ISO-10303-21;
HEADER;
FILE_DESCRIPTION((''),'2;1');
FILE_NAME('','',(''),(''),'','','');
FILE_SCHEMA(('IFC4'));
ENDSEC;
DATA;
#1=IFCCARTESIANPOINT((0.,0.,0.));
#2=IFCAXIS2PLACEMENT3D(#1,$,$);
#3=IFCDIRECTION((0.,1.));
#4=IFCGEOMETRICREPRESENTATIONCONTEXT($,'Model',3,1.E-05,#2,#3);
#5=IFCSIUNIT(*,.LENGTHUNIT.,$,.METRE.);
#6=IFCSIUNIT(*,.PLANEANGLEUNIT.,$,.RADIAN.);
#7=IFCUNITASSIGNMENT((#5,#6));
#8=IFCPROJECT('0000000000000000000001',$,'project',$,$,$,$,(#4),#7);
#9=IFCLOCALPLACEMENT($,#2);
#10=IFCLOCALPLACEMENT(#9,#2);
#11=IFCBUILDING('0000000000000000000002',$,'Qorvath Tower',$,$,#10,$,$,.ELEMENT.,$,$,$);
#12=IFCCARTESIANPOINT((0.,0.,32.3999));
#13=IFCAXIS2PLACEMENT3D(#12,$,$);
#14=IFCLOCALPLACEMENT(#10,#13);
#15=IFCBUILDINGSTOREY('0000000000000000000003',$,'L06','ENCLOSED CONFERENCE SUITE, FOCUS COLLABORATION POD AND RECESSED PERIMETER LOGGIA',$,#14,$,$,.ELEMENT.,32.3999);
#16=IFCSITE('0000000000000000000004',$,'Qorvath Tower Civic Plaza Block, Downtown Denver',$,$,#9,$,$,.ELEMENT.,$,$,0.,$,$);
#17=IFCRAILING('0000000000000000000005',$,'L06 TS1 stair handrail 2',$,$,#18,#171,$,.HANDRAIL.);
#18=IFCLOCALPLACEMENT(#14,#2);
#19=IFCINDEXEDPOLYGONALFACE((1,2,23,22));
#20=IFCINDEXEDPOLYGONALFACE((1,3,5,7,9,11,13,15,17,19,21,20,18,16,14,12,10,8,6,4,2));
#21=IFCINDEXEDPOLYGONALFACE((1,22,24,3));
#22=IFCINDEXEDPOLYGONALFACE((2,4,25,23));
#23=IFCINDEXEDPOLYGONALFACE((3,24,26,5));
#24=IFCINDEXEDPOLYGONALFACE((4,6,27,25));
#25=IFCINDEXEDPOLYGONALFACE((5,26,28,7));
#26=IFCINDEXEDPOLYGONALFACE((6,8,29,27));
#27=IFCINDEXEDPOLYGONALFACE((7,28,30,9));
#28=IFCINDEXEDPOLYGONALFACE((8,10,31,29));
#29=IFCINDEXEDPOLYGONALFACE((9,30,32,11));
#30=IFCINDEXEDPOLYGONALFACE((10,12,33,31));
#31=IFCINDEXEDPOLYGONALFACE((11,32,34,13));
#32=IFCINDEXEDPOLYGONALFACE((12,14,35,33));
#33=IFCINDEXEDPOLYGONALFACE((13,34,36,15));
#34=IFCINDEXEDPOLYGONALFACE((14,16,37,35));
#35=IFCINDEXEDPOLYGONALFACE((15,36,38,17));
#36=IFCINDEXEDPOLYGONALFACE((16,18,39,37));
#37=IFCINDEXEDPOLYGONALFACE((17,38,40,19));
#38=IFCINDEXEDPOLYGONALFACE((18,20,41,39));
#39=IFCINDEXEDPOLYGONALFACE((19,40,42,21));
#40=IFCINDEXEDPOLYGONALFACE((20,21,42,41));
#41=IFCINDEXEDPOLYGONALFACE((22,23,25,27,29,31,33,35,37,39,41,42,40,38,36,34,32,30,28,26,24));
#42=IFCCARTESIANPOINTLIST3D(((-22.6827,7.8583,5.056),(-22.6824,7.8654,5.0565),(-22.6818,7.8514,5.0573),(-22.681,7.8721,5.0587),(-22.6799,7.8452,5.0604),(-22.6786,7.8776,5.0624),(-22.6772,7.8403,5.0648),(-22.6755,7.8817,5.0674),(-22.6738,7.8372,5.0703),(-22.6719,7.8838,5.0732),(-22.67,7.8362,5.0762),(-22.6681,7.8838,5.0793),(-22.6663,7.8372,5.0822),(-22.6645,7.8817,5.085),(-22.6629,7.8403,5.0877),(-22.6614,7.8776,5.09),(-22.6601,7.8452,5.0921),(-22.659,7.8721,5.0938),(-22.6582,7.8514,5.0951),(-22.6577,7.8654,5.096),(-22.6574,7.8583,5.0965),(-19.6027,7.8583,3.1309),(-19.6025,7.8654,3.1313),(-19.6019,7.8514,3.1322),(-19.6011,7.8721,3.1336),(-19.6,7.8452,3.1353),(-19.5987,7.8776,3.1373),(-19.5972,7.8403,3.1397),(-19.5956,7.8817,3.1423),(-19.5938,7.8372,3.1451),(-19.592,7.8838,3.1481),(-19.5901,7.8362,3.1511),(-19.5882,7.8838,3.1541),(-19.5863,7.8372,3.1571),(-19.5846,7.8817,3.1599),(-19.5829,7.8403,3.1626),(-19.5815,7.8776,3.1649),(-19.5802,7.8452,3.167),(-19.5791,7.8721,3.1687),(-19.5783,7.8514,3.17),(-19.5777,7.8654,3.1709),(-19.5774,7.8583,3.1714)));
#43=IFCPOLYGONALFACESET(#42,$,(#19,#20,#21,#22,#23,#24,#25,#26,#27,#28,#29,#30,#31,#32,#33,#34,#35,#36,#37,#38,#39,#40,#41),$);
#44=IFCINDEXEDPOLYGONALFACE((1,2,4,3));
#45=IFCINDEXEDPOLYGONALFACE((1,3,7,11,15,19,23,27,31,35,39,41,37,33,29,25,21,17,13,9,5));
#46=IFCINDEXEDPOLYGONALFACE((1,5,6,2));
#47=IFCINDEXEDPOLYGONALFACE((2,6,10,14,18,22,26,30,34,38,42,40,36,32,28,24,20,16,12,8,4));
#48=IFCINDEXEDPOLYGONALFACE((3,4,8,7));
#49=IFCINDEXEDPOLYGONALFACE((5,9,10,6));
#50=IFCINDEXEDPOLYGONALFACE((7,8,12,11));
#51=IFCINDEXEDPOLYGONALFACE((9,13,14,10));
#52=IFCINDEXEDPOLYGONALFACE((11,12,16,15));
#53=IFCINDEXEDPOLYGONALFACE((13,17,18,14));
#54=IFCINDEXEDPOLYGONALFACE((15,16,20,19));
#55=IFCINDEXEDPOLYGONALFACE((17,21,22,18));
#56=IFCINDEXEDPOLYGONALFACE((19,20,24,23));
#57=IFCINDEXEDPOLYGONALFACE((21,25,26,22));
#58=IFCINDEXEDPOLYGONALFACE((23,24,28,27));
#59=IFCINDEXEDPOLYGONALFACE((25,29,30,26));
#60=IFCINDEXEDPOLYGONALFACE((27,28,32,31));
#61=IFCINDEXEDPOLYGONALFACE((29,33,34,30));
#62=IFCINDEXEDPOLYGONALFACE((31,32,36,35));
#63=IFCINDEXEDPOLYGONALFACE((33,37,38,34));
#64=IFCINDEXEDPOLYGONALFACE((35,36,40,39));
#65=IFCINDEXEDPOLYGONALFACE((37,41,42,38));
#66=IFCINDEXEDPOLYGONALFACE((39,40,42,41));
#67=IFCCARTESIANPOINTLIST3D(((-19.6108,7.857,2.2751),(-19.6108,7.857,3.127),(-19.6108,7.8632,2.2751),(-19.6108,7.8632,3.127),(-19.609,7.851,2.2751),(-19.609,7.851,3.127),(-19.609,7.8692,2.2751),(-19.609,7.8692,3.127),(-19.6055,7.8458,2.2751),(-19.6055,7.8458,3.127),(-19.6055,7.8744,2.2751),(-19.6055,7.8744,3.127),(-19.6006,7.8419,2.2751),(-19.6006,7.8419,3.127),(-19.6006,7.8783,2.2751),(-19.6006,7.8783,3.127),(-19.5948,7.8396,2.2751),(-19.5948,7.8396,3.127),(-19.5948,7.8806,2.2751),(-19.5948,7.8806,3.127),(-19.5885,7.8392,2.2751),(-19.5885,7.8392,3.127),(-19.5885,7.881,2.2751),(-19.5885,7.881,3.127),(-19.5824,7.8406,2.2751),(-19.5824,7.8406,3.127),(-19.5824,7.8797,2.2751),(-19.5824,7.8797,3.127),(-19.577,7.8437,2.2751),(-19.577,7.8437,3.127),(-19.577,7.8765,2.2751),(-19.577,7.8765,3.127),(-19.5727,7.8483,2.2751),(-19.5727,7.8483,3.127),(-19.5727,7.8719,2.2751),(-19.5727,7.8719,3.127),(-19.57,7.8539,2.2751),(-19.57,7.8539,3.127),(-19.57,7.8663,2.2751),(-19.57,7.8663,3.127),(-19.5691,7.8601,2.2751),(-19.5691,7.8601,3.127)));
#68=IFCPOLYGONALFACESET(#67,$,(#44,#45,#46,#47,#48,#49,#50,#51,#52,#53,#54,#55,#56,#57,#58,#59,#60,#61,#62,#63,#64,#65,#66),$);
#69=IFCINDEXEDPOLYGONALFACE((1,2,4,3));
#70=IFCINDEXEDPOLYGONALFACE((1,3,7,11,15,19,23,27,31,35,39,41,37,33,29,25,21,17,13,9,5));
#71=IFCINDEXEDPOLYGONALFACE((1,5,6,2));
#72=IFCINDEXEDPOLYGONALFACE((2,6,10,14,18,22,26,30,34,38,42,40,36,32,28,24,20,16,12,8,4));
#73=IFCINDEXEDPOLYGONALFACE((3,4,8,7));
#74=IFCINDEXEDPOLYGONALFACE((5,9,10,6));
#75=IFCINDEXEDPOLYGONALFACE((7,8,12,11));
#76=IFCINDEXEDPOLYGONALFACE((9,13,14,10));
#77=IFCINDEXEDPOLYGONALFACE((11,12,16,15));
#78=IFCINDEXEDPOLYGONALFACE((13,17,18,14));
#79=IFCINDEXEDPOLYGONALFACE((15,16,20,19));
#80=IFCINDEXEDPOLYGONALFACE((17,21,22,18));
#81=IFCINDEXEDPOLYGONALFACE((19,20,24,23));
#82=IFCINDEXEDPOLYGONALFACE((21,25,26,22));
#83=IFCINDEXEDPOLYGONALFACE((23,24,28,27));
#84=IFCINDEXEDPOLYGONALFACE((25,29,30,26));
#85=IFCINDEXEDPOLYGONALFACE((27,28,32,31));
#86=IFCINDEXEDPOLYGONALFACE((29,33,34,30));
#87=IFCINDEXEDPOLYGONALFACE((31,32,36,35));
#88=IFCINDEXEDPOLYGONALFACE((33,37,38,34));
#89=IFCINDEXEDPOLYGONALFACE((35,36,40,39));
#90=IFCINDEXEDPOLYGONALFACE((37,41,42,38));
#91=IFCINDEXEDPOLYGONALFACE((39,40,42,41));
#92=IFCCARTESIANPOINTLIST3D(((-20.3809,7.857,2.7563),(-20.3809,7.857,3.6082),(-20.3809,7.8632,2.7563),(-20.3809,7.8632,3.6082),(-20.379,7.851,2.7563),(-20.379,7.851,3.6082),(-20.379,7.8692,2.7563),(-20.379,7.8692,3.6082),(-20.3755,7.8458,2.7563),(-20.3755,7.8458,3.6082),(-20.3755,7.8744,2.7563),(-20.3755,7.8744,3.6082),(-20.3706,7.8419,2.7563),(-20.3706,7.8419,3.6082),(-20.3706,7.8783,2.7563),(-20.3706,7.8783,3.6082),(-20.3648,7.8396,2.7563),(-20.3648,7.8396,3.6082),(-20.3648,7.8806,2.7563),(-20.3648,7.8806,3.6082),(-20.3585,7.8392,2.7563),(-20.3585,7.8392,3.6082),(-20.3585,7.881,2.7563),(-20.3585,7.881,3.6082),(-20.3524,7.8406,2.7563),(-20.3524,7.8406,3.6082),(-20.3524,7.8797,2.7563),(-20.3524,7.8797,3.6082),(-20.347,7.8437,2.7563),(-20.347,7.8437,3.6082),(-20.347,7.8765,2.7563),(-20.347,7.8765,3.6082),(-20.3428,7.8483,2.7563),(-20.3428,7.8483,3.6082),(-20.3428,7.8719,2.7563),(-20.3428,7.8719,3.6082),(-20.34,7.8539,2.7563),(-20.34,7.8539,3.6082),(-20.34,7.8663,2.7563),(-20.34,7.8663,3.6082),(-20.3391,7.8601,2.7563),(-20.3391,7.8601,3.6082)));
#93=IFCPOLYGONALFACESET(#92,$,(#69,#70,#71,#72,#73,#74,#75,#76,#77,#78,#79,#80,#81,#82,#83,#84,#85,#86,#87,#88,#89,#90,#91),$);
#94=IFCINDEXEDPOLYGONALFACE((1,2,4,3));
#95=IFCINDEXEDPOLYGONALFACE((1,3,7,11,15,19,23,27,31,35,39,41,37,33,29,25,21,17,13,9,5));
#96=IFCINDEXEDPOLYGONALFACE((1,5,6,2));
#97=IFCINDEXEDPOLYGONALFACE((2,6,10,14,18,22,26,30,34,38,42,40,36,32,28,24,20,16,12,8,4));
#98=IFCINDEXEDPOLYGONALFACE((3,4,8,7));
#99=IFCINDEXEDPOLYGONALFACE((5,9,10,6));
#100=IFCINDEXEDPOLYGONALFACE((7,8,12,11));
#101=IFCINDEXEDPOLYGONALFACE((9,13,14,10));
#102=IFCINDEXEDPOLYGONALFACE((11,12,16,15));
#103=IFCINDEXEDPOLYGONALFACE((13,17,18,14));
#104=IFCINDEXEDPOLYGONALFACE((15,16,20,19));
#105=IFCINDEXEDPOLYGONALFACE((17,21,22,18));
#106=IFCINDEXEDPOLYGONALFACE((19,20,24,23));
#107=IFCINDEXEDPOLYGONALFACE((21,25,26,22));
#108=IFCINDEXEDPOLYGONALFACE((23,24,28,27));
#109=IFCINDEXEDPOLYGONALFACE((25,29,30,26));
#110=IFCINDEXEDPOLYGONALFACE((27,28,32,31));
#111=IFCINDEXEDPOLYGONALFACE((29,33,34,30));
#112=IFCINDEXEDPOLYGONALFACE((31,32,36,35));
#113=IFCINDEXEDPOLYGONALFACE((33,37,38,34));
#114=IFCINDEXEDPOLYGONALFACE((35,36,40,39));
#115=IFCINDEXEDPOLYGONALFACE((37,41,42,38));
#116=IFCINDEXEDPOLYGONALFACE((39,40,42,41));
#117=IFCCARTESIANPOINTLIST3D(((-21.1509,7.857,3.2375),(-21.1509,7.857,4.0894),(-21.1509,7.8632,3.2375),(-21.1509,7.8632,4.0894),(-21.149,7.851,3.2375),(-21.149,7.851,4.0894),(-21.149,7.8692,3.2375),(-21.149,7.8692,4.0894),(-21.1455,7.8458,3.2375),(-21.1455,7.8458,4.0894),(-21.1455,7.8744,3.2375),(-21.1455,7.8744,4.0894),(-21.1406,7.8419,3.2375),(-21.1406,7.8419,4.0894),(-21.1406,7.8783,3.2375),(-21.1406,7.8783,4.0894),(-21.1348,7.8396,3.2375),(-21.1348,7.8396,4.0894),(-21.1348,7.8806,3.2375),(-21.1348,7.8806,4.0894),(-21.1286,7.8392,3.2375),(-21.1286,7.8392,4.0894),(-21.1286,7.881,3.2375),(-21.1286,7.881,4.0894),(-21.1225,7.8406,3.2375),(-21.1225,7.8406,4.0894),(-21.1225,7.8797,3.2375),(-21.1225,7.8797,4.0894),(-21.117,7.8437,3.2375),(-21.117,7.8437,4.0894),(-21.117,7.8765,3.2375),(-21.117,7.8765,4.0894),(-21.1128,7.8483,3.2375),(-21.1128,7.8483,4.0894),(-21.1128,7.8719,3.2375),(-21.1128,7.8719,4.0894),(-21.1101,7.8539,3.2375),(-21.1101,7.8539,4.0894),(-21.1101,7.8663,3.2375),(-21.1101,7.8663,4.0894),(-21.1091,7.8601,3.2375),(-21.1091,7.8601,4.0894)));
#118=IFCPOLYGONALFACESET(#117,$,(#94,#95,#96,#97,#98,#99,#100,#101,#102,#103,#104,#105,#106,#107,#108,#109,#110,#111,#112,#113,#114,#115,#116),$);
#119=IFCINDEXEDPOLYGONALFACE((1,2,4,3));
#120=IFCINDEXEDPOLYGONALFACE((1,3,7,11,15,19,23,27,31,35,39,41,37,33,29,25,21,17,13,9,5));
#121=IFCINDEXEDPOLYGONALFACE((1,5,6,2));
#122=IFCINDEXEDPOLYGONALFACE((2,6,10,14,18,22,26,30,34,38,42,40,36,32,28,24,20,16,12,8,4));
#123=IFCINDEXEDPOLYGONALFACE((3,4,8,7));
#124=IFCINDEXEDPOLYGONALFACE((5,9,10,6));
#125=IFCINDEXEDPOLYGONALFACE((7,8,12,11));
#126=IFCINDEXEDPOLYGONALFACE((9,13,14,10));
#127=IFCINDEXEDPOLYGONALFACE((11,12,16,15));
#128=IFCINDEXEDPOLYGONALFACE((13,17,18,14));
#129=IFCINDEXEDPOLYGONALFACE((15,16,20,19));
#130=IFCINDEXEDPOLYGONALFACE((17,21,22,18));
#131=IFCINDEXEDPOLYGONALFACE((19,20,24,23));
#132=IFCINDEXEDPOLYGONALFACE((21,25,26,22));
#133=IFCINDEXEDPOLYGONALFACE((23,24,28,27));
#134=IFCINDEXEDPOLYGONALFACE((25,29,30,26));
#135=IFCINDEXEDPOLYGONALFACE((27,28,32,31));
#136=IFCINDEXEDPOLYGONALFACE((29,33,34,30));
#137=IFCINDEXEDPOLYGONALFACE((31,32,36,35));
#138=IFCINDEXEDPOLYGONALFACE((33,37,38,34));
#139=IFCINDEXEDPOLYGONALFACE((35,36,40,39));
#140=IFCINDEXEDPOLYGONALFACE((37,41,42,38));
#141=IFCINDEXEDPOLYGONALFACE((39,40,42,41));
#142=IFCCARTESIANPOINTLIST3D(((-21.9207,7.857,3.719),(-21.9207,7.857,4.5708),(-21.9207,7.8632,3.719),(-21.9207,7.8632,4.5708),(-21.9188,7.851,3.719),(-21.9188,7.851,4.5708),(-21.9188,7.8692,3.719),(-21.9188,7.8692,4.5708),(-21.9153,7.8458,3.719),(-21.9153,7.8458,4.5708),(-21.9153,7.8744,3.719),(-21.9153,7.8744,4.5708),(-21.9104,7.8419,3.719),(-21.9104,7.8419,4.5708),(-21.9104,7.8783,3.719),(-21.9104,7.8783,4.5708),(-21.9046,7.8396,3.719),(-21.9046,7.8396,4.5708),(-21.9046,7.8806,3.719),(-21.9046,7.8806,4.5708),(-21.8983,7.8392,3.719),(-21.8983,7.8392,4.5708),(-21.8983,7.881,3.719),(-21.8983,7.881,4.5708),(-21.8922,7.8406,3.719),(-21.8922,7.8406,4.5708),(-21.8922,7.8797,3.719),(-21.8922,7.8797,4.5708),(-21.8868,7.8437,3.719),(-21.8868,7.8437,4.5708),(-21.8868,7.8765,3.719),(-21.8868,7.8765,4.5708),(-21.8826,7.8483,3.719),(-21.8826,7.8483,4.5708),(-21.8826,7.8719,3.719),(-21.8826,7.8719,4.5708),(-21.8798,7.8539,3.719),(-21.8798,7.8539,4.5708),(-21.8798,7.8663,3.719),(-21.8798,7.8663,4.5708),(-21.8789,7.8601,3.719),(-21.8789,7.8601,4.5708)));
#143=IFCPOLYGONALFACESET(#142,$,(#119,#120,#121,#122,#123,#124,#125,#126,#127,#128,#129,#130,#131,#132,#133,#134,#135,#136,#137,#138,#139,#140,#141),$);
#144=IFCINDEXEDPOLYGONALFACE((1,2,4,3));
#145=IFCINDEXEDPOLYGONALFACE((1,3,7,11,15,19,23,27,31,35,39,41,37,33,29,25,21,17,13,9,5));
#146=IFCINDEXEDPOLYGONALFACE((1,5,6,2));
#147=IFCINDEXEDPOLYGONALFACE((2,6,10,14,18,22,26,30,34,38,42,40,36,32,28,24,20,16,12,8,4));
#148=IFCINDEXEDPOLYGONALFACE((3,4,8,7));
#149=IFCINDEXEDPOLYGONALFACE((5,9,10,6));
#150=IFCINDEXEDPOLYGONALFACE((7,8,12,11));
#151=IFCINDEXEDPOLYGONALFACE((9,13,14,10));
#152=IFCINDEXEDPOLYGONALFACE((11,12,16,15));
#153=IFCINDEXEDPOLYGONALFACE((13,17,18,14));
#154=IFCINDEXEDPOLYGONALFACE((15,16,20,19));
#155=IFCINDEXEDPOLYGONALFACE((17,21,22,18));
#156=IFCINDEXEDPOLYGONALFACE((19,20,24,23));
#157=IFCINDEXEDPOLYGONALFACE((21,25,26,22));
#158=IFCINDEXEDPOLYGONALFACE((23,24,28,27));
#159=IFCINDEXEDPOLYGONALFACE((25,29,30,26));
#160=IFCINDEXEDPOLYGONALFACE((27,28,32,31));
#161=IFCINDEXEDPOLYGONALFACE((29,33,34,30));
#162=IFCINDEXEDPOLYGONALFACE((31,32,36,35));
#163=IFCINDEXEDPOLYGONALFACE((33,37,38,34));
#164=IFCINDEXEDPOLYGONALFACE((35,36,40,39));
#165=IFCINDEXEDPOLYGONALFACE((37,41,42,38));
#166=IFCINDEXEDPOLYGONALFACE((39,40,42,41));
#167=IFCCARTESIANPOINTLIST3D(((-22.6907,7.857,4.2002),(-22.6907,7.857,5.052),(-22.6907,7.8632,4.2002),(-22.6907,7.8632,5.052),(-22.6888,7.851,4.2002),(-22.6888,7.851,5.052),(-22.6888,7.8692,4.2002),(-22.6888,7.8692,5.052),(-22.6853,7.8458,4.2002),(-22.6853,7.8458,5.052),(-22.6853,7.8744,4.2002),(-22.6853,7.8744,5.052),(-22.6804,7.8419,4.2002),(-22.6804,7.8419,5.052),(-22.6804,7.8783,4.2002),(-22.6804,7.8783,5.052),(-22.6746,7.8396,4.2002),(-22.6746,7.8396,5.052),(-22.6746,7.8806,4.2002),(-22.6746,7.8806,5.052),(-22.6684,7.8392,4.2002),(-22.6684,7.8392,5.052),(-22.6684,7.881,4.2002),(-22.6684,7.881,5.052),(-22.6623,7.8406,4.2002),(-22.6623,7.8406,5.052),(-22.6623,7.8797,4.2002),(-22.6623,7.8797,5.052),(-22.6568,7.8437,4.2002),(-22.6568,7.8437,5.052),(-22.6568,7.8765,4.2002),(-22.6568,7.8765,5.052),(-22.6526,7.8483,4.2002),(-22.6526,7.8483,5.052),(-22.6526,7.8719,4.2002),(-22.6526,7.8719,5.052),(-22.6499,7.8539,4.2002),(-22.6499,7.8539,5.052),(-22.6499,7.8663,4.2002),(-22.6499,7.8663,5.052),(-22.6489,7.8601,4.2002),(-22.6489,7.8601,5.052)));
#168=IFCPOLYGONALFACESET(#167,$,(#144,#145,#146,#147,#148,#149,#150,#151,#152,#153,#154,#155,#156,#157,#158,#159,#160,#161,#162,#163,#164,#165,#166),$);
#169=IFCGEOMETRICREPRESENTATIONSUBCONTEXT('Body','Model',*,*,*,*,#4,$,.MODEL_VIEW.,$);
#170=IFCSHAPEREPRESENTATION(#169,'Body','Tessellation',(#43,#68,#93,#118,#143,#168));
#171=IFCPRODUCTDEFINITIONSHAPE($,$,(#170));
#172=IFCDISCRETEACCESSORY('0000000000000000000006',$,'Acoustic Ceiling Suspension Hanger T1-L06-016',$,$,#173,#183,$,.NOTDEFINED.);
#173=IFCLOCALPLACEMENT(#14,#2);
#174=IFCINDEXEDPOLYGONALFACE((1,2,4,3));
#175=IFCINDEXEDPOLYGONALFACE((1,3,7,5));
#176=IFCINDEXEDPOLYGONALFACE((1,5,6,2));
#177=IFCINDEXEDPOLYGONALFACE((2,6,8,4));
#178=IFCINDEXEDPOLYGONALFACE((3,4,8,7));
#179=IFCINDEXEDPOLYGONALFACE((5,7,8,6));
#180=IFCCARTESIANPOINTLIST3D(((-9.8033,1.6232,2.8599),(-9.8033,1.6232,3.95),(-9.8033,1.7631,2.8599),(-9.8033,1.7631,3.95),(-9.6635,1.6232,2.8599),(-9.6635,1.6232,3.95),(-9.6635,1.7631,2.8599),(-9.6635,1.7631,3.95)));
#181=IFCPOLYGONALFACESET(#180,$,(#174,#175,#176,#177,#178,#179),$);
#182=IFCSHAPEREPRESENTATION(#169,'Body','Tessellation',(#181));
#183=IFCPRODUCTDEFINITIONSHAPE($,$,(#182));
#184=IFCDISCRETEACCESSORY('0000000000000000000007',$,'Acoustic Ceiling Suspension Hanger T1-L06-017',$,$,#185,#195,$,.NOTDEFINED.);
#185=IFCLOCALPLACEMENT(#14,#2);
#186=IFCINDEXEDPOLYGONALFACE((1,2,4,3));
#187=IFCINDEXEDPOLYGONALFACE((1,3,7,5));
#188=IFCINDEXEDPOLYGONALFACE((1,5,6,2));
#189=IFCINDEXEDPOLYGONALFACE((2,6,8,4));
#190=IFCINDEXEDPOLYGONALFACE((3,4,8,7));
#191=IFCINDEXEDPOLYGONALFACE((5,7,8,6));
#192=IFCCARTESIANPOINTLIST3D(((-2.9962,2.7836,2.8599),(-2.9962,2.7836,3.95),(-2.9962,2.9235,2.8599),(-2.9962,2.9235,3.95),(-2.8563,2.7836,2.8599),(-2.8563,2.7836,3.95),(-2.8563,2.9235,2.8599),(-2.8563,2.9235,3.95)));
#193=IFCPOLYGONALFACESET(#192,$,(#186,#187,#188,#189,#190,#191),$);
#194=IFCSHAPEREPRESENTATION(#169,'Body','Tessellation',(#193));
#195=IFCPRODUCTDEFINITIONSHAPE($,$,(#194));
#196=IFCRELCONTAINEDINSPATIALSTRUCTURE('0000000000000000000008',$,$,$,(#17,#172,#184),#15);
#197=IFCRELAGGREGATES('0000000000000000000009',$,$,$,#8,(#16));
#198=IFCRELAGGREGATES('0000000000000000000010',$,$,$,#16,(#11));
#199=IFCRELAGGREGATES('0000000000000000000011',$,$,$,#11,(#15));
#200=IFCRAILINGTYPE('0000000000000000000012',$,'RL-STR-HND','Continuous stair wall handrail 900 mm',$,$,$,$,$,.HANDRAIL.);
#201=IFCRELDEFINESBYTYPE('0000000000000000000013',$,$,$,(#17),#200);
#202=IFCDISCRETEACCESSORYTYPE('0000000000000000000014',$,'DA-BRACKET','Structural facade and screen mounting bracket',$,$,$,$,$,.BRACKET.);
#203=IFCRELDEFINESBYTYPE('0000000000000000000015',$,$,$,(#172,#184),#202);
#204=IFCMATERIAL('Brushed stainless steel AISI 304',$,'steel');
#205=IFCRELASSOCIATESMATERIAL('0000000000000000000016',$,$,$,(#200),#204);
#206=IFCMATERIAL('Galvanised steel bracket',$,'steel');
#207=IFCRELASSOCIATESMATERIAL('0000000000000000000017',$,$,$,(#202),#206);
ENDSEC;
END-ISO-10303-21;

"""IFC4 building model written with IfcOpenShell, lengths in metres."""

from ifc_helpers import new_model, si_unit, direction, frame, origin, origin_2d, place, context, subcontext, project, spatial, rectangle, circle, extrude, material, type_object, element, save


model = new_model("IFC4")

# Units and contexts
model_context = context("Model", 3, precision=1e-05, world=origin(), true_north=direction((0.0, 1.0)))
body_context = subcontext(model_context, "Body", "Model", "MODEL_VIEW")
ifc_project = project(units=[si_unit("LENGTHUNIT", "METRE"), si_unit("PLANEANGLEUNIT", "RADIAN")], contexts=[model_context])

# Site, building, storey
site_placement = place(None, origin())
site = spatial("IfcSite", under=ifc_project, at=site_placement, Name="Qorvath Tower Civic Plaza Block, Downtown Denver", CompositionType="ELEMENT", RefElevation=0.0)
building_placement = place(site_placement, origin())
building = spatial("IfcBuilding", under=site, at=building_placement, Name="Qorvath Tower", CompositionType="ELEMENT")
storey_placement = place(building_placement, frame((0.0, 0.0, 32.3999)))
storey = spatial("IfcBuildingStorey", under=building, at=storey_placement, Name="L06", Description="ENCLOSED CONFERENCE SUITE, FOCUS COLLABORATION POD AND RECESSED PERIMETER LOGGIA", CompositionType="ELEMENT", Elevation=32.3999)

# Railing
ifc_material_1 = material(Name="Brushed stainless steel AISI 304", Category="steel")
railing_type_1 = type_object("IfcRailingType", Name="RL-STR-HND", Description="Continuous stair wall handrail 900 mm", PredefinedType="HANDRAIL", material=ifc_material_1)
railing_1_placement = place(storey_placement, frame((-19.5901, 7.8601, 2.2751)))
element("IfcRailing", 1, at=railing_1_placement, inside=storey, type_object=railing_type_1, Name="L06 TS1 stair handrail 2", PredefinedType="HANDRAIL", context=body_context, shape_type="SweptSolid", body=[
    extrude(circle(Radius=0.0239, at=origin_2d()), frame((0.0, 0.0, 0.876), z_axis=(-0.847979, 0.0, 0.530029), x_axis=(0.0, -1.0, 0.0)), (0.0, 0.0, 1.0), 3.6321),
    extrude(circle(Radius=0.021, at=origin_2d()), origin(), (0.0, 0.0, 1.0), 0.8518),
    extrude(circle(Radius=0.021, at=origin_2d()), frame((-0.77, 0.0, 0.4812)), (0.0, 0.0, 1.0), 0.8518),
    extrude(circle(Radius=0.021, at=origin_2d()), frame((-1.54, 0.0, 0.9624)), (0.0, 0.0, 1.0), 0.8518),
    extrude(circle(Radius=0.021, at=origin_2d()), frame((-2.3098, 0.0, 1.4438)), (0.0, 0.0, 1.0), 0.8518),
    extrude(circle(Radius=0.021, at=origin_2d()), frame((-3.0798, 0.0, 1.925)), (0.0, 0.0, 1.0), 0.8518),
])

# Discrete accessories
ifc_material_2 = material(Name="Galvanised steel bracket", Category="steel")
discrete_accessory_type = type_object("IfcDiscreteAccessoryType", Name="DA-BRACKET", Description="Structural facade and screen mounting bracket", PredefinedType="BRACKET", material=ifc_material_2)
for number, where, z_axis, x_axis, name in (
    (2, (-9.7334, 1.6931, 2.8599), (0.0, 0.0, 1.0), (1.0, 0.0, 0.0), "Acoustic Ceiling Suspension Hanger T1-L06-016"),
    (3, (-2.9263, 2.8535, 2.8599), (0.0, 0.0, 1.0), (1.0, 0.0, 0.0), "Acoustic Ceiling Suspension Hanger T1-L06-017"),
):
    element("IfcDiscreteAccessory", number, at=place(storey_placement, frame(where, z_axis=z_axis, x_axis=x_axis)), inside=storey, type_object=discrete_accessory_type, Name=name, PredefinedType="NOTDEFINED", context=body_context, shape_type="SweptSolid", body=[
        extrude(rectangle(XDim=0.1399, YDim=0.1399, at=origin_2d()), origin(), (0.0, 0.0, 1.0), 1.0901),
    ])

save(model, "model.ifc")
